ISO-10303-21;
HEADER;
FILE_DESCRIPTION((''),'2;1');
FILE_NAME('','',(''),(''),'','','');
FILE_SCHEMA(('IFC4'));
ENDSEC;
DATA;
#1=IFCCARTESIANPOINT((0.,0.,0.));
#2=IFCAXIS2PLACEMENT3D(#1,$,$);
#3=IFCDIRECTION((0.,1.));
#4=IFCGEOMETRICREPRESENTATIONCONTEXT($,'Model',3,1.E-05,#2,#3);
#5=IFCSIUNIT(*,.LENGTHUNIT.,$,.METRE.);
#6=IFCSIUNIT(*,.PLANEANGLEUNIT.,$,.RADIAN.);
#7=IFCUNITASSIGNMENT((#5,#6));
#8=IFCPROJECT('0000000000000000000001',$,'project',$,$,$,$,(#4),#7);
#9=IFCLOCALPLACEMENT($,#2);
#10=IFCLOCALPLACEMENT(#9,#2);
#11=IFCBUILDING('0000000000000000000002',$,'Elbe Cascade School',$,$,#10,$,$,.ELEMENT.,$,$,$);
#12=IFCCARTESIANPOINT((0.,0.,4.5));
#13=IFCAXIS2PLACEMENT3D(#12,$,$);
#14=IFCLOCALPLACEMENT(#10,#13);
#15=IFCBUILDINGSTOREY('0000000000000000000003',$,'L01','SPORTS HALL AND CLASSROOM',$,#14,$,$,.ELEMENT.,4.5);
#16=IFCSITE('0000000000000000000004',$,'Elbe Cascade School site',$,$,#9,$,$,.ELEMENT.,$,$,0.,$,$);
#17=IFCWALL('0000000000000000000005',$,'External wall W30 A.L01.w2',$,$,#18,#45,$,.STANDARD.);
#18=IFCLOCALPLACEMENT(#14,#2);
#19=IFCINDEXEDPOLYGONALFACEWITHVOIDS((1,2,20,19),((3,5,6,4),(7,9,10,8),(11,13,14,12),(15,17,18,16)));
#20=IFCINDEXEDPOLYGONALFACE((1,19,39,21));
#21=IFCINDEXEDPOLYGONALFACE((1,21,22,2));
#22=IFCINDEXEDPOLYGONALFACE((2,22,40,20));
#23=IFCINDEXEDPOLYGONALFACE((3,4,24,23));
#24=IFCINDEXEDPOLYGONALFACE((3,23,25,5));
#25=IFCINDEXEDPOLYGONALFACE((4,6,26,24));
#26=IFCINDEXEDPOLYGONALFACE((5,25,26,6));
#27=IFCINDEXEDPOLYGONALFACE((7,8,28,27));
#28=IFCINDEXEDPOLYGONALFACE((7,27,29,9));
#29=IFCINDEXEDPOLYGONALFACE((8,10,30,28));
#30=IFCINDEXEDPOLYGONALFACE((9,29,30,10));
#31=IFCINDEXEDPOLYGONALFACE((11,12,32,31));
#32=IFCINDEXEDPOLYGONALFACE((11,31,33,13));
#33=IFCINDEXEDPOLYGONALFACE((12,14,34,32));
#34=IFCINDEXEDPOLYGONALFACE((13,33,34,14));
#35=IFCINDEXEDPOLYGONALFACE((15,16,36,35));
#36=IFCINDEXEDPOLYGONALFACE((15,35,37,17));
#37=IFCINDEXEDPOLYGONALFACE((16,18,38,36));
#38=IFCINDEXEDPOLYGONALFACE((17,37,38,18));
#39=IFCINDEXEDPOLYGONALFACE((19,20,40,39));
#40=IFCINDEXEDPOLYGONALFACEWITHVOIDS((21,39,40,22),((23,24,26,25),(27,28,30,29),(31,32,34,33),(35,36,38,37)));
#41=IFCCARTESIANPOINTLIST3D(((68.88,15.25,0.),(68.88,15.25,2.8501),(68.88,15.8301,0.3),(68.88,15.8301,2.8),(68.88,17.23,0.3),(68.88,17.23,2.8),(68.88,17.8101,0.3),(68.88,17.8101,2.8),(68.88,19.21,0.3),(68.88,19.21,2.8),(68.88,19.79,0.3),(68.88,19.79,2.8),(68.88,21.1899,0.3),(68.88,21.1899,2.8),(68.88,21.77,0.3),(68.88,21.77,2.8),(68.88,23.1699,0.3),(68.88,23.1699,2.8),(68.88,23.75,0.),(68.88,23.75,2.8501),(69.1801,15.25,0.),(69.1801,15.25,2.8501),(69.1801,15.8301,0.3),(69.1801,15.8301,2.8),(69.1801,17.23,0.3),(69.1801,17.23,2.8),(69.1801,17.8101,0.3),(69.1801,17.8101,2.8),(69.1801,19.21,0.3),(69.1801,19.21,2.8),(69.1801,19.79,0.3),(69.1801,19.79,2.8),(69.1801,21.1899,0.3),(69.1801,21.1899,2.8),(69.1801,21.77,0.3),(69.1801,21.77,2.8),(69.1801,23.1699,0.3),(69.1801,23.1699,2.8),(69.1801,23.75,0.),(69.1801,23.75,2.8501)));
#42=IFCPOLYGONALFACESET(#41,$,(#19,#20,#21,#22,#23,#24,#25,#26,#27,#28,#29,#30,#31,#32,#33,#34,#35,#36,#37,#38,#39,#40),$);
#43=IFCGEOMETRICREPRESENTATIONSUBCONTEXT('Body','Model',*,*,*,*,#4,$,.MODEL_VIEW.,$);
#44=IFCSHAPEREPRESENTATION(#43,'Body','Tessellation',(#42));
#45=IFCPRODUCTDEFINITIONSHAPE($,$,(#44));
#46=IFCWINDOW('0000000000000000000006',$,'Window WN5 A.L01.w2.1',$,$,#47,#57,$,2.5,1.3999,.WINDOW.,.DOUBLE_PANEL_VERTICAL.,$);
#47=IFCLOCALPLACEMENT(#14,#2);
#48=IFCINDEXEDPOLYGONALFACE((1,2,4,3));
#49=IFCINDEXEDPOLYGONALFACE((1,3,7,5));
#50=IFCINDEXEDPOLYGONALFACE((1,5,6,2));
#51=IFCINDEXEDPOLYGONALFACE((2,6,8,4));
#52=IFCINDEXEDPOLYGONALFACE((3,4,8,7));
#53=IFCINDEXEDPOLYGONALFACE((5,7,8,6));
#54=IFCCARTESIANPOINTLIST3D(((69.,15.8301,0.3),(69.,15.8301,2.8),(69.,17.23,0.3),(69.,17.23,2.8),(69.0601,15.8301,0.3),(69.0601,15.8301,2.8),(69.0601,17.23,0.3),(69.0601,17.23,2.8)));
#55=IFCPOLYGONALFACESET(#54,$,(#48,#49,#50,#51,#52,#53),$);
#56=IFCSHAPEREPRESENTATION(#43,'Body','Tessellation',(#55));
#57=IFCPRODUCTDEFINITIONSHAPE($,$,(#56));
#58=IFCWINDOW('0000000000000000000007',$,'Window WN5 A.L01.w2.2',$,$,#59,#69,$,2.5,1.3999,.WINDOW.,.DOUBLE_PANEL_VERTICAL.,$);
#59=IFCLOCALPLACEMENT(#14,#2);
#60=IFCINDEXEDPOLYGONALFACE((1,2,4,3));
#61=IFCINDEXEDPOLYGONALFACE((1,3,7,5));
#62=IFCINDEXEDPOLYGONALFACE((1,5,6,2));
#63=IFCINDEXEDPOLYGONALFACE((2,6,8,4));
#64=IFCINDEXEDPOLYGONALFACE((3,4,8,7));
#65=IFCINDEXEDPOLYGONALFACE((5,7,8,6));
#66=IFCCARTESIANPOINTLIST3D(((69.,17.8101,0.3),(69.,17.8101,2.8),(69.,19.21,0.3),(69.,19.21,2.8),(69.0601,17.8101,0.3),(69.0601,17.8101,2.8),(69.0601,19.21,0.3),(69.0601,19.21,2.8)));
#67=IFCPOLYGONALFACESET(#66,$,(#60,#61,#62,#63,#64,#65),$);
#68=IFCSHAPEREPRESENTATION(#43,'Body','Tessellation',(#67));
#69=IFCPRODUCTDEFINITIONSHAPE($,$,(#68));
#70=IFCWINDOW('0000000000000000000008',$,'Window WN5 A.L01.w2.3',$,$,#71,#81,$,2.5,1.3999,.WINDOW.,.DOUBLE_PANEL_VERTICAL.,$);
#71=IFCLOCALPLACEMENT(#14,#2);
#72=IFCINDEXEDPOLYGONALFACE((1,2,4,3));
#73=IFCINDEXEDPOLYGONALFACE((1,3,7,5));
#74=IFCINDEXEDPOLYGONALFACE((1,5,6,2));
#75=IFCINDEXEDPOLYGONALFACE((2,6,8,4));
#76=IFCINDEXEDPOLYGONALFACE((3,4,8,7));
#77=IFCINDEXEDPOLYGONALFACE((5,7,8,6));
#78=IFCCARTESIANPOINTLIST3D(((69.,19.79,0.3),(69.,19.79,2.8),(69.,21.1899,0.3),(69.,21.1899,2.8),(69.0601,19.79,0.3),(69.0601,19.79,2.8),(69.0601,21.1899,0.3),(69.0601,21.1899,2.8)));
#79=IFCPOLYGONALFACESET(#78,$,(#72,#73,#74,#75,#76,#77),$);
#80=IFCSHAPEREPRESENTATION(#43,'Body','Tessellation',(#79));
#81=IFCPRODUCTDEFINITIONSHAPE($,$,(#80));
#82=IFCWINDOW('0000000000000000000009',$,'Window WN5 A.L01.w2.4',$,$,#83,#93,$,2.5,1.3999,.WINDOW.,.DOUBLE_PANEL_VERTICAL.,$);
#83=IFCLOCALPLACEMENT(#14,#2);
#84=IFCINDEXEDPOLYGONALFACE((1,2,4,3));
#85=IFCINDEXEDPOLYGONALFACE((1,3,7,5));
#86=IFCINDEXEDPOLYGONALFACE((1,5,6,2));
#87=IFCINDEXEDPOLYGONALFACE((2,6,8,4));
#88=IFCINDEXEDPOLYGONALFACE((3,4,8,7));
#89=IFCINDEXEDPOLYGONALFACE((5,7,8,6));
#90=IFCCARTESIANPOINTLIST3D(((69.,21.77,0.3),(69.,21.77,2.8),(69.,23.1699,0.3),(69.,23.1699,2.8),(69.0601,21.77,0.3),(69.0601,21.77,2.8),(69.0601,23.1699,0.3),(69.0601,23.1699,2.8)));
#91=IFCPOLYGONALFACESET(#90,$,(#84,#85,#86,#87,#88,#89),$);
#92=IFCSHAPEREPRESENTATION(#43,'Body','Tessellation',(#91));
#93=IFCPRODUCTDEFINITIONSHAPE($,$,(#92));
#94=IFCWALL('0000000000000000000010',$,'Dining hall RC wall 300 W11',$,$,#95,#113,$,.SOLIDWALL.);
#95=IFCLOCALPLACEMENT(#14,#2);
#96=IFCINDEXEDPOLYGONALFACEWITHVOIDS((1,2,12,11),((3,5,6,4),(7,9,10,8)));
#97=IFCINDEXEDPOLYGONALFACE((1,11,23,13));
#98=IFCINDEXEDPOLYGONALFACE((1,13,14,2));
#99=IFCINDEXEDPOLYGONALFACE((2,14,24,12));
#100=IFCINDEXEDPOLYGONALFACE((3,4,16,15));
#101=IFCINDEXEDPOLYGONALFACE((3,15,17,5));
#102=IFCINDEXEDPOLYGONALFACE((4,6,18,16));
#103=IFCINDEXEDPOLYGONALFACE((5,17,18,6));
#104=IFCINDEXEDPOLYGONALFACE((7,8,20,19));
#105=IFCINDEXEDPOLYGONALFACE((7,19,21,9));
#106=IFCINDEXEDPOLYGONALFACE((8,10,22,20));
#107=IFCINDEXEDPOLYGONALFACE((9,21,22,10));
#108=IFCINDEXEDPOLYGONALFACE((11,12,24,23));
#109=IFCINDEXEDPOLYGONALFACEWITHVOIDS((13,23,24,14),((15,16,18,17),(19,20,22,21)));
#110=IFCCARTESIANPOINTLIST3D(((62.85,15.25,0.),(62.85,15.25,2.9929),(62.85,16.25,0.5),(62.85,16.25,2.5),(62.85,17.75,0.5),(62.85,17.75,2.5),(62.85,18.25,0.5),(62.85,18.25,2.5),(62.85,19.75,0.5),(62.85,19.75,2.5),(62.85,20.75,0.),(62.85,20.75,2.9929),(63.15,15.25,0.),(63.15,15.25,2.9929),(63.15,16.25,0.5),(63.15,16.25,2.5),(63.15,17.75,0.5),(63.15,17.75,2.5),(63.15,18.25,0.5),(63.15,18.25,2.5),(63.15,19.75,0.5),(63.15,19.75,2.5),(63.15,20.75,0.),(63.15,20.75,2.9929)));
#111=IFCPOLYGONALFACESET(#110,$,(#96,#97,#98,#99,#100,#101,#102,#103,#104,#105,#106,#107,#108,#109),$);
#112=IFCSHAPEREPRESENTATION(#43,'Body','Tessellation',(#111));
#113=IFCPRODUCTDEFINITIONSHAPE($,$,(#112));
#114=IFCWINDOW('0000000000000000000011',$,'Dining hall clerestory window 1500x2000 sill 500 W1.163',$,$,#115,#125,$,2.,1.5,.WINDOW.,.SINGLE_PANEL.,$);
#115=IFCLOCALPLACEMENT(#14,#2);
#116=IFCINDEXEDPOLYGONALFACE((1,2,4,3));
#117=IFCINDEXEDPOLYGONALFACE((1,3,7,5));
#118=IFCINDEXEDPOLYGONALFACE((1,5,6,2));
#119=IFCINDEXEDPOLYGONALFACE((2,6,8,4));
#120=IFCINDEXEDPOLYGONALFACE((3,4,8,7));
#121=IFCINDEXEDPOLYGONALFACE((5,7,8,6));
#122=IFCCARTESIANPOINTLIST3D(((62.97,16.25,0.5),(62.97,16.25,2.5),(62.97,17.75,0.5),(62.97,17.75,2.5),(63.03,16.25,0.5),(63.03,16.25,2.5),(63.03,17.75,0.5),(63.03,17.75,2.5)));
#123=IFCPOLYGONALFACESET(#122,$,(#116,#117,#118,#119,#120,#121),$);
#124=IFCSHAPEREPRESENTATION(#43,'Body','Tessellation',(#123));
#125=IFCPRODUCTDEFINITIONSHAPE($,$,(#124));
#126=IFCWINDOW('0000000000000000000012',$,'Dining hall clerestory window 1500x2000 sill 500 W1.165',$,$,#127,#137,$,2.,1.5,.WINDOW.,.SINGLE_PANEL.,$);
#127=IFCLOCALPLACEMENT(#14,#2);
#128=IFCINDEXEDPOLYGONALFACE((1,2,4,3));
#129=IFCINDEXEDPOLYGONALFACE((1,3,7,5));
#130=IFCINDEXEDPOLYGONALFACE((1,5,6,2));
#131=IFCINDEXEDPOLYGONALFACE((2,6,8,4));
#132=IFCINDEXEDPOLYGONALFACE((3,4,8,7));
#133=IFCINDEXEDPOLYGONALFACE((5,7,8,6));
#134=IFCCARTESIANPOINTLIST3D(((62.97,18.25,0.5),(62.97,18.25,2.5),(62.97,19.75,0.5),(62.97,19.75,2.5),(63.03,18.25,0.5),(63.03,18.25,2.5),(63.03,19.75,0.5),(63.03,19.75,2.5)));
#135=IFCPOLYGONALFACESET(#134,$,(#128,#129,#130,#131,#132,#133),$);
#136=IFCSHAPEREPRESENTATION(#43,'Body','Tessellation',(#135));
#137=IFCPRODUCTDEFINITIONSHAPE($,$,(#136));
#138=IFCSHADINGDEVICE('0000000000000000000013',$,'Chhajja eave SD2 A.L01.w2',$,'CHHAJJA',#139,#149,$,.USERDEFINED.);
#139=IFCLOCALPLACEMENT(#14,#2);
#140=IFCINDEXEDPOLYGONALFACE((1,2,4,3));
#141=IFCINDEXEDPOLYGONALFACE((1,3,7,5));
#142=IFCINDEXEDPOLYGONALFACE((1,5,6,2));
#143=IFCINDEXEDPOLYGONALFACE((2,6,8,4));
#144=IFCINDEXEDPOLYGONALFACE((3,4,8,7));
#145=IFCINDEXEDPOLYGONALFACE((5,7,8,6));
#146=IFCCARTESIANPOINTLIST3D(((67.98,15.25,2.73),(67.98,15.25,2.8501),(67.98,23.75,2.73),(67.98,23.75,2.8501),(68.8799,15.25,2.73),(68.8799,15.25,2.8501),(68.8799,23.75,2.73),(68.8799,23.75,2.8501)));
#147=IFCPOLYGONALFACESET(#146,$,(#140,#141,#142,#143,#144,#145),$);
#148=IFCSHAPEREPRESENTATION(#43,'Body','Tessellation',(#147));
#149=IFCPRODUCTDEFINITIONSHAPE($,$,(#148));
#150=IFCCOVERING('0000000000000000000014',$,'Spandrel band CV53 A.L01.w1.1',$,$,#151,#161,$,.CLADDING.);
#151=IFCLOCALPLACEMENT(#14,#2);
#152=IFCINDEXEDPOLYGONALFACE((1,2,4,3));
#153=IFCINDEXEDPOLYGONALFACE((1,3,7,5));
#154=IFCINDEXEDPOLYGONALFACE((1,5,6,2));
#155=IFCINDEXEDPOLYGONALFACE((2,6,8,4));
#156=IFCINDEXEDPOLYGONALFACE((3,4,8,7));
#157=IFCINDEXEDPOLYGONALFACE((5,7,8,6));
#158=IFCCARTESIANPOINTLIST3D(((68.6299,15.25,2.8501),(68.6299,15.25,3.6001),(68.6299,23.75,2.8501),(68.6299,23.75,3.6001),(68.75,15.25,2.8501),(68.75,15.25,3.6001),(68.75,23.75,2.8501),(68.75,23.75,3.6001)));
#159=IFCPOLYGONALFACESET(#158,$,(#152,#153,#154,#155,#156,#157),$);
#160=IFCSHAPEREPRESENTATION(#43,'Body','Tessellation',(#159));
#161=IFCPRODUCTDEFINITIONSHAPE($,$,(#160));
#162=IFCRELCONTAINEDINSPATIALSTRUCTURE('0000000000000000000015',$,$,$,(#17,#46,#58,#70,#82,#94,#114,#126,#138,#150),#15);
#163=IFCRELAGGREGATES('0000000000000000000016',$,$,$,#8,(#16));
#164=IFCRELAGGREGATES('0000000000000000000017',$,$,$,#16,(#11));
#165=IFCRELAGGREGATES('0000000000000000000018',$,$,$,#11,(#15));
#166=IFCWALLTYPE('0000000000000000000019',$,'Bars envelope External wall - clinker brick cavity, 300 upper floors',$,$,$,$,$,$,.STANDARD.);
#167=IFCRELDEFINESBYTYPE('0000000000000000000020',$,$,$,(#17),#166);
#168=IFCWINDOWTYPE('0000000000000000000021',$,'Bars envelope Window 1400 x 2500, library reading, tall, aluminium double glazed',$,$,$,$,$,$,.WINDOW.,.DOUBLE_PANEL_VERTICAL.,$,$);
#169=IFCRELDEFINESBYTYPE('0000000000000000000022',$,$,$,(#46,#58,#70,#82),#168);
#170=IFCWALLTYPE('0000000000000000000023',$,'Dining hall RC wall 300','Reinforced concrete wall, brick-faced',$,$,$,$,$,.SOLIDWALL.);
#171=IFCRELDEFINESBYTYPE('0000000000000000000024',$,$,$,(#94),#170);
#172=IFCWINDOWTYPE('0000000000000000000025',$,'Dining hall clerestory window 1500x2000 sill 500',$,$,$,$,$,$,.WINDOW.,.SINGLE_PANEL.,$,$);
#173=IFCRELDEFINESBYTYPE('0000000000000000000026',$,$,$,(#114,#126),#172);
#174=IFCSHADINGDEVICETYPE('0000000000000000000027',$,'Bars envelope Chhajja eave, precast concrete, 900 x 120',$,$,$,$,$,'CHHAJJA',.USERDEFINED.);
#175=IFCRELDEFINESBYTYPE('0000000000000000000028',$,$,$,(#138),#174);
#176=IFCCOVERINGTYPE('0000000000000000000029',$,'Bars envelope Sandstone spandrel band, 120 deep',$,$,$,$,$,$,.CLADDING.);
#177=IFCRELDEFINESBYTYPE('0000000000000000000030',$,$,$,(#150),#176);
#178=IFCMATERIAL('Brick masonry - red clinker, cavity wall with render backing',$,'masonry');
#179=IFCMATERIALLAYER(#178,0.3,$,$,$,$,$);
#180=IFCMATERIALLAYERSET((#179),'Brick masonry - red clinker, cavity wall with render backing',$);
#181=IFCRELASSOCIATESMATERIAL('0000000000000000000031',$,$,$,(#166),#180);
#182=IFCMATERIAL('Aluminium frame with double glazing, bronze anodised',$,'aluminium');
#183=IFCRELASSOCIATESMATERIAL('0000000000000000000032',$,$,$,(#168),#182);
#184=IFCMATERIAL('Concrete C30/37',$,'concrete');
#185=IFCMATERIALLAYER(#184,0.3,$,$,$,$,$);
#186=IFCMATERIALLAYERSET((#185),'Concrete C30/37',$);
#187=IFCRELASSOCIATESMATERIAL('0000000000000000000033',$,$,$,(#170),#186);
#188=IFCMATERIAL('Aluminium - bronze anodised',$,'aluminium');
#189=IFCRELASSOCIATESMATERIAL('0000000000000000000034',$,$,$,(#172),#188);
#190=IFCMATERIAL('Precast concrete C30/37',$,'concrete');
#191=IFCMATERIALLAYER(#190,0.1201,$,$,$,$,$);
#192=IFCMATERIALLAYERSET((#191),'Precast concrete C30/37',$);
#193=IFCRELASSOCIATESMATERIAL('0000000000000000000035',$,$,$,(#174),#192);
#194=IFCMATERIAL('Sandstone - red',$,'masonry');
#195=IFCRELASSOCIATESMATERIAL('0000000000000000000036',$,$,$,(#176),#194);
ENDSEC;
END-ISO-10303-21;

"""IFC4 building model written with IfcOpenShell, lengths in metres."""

from ifc_helpers import new_model, si_unit, direction, frame, frame_2d, origin, origin_2d, place, context, subcontext, project, spatial, rectangle, extrude, material, layer, layer_set, type_object, element, fill, save


model = new_model("IFC4")

# Units and contexts
model_context = context("Model", 3, precision=1e-05, world=origin(), true_north=direction((0.0, 1.0)))
body_context = subcontext(model_context, "Body", "Model", "MODEL_VIEW")
ifc_project = project(units=[si_unit("LENGTHUNIT", "METRE"), si_unit("PLANEANGLEUNIT", "RADIAN")], contexts=[model_context])

# Site, building, storey
site_placement = place(None, origin())
site = spatial("IfcSite", under=ifc_project, at=site_placement, Name="Elbe Cascade School site", CompositionType="ELEMENT", RefElevation=0.0)
building_placement = place(site_placement, origin())
building = spatial("IfcBuilding", under=site, at=building_placement, Name="Elbe Cascade School", CompositionType="ELEMENT")
storey_placement = place(building_placement, frame((0.0, 0.0, 4.5)))
storey = spatial("IfcBuildingStorey", under=building, at=storey_placement, Name="L01", Description="SPORTS HALL AND CLASSROOM", CompositionType="ELEMENT", Elevation=4.5)

# Walls, openings, windows
ifc_material_1 = material(Name="Brick masonry - red clinker, cavity wall with render backing", Category="masonry")
ifc_layer_1 = layer(ifc_material_1, 0.3)
ifc_layer_set_1 = layer_set([ifc_layer_1], Name="Brick masonry - red clinker, cavity wall with render backing")
wall_type_1 = type_object("IfcWallType", Name="Bars envelope External wall - clinker brick cavity, 300 upper floors", PredefinedType="STANDARD", material=ifc_layer_set_1)
wall_1_placement = place(storey_placement, frame((69.03, 15.25, 0.0), z_axis=(0.0, 0.0, 1.0), x_axis=(0.0, 1.0, 0.0)))
wall_1 = element("IfcWall", 1, at=wall_1_placement, inside=storey, type_object=wall_type_1, Name="External wall W30 A.L01.w2", PredefinedType="STANDARD", context=body_context, shape_type="SweptSolid", body=[
    extrude(rectangle(XDim=8.5, YDim=0.3, at=frame_2d((4.25, 0.0))), origin(), (0.0, 0.0, 1.0), 2.8501),
])
opening_1_placement = place(wall_1_placement, frame((0.5801, 0.0, 0.3)))
opening_1 = element("IfcOpeningElement", 2, at=opening_1_placement, cuts=wall_1, PredefinedType="OPENING", context=body_context, shape_type="SweptSolid", body=[
    extrude(rectangle(XDim=1.3999, YDim=2.5, at=frame_2d((0.7, 1.25))), frame((0.0, 0.1599, 0.0), z_axis=(0.0, -1.0, 0.0), x_axis=(1.0, 0.0, 0.0)), (0.0, 0.0, 1.0), 0.3201),
])
opening_2_placement = place(wall_1_placement, frame((2.5601, 0.0, 0.3)))
opening_2 = element("IfcOpeningElement", 3, at=opening_2_placement, cuts=wall_1, PredefinedType="OPENING", context=body_context, shape_type="SweptSolid", body=[
    extrude(rectangle(XDim=1.3999, YDim=2.5, at=frame_2d((0.7, 1.25))), frame((0.0, 0.1599, 0.0), z_axis=(0.0, -1.0, 0.0), x_axis=(1.0, 0.0, 0.0)), (0.0, 0.0, 1.0), 0.3201),
])
opening_3_placement = place(wall_1_placement, frame((4.54, 0.0, 0.3)))
opening_3 = element("IfcOpeningElement", 4, at=opening_3_placement, cuts=wall_1, PredefinedType="OPENING", context=body_context, shape_type="SweptSolid", body=[
    extrude(rectangle(XDim=1.3999, YDim=2.5, at=frame_2d((0.7, 1.25))), frame((0.0, 0.1599, 0.0), z_axis=(0.0, -1.0, 0.0), x_axis=(1.0, 0.0, 0.0)), (0.0, 0.0, 1.0), 0.3201),
])
opening_4_placement = place(wall_1_placement, frame((6.52, 0.0, 0.3)))
opening_4 = element("IfcOpeningElement", 5, at=opening_4_placement, cuts=wall_1, PredefinedType="OPENING", context=body_context, shape_type="SweptSolid", body=[
    extrude(rectangle(XDim=1.3999, YDim=2.5, at=frame_2d((0.7, 1.25))), frame((0.0, 0.1599, 0.0), z_axis=(0.0, -1.0, 0.0), x_axis=(1.0, 0.0, 0.0)), (0.0, 0.0, 1.0), 0.3201),
])
ifc_material_2 = material(Name="Aluminium frame with double glazing, bronze anodised", Category="aluminium")
window_type_1 = type_object("IfcWindowType", Name="Bars envelope Window 1400 x 2500, library reading, tall, aluminium double glazed", PartitioningType="DOUBLE_PANEL_VERTICAL", PredefinedType="WINDOW", material=ifc_material_2)
window_1_placement = place(opening_1_placement, origin())
window_1 = element("IfcWindow", 6, at=window_1_placement, inside=storey, type_object=window_type_1, Name="Window WN5 A.L01.w2.1", OverallHeight=2.5, OverallWidth=1.3999, PartitioningType="DOUBLE_PANEL_VERTICAL", PredefinedType="WINDOW", context=body_context, shape_type="SweptSolid", body=[
    extrude(rectangle(XDim=1.3999, YDim=2.5, at=frame_2d((0.7, 1.25))), frame((0.0, 0.03, 0.0), z_axis=(0.0, -1.0, 0.0), x_axis=(1.0, 0.0, 0.0)), (0.0, 0.0, 1.0), 0.0601),
])
fill(opening_1, window_1)
window_2_placement = place(opening_2_placement, origin())
window_2 = element("IfcWindow", 7, at=window_2_placement, inside=storey, type_object=window_type_1, Name="Window WN5 A.L01.w2.2", OverallHeight=2.5, OverallWidth=1.3999, PartitioningType="DOUBLE_PANEL_VERTICAL", PredefinedType="WINDOW", context=body_context, shape_type="SweptSolid", body=[
    extrude(rectangle(XDim=1.3999, YDim=2.5, at=frame_2d((0.7, 1.25))), frame((0.0, 0.03, 0.0), z_axis=(0.0, -1.0, 0.0), x_axis=(1.0, 0.0, 0.0)), (0.0, 0.0, 1.0), 0.0601),
])
fill(opening_2, window_2)
window_3_placement = place(opening_3_placement, origin())
window_3 = element("IfcWindow", 8, at=window_3_placement, inside=storey, type_object=window_type_1, Name="Window WN5 A.L01.w2.3", OverallHeight=2.5, OverallWidth=1.3999, PartitioningType="DOUBLE_PANEL_VERTICAL", PredefinedType="WINDOW", context=body_context, shape_type="SweptSolid", body=[
    extrude(rectangle(XDim=1.3999, YDim=2.5, at=frame_2d((0.7, 1.25))), frame((0.0, 0.03, 0.0), z_axis=(0.0, -1.0, 0.0), x_axis=(1.0, 0.0, 0.0)), (0.0, 0.0, 1.0), 0.0601),
])
fill(opening_3, window_3)
window_4_placement = place(opening_4_placement, origin())
window_4 = element("IfcWindow", 9, at=window_4_placement, inside=storey, type_object=window_type_1, Name="Window WN5 A.L01.w2.4", OverallHeight=2.5, OverallWidth=1.3999, PartitioningType="DOUBLE_PANEL_VERTICAL", PredefinedType="WINDOW", context=body_context, shape_type="SweptSolid", body=[
    extrude(rectangle(XDim=1.3999, YDim=2.5, at=frame_2d((0.7, 1.25))), frame((0.0, 0.03, 0.0), z_axis=(0.0, -1.0, 0.0), x_axis=(1.0, 0.0, 0.0)), (0.0, 0.0, 1.0), 0.0601),
])
fill(opening_4, window_4)
ifc_material_3 = material(Name="Concrete C30/37", Category="concrete")
ifc_layer_2 = layer(ifc_material_3, 0.3)
ifc_layer_set_2 = layer_set([ifc_layer_2], Name="Concrete C30/37")
wall_type_2 = type_object("IfcWallType", Name="Dining hall RC wall 300", Description="Reinforced concrete wall, brick-faced", PredefinedType="SOLIDWALL", material=ifc_layer_set_2)
wall_2_placement = place(storey_placement, frame((63.0, 20.75, 0.0), z_axis=(0.0, 0.0, 1.0), x_axis=(0.0, -1.0, 0.0)))
wall_2 = element("IfcWall", 10, at=wall_2_placement, inside=storey, type_object=wall_type_2, Name="Dining hall RC wall 300 W11", PredefinedType="SOLIDWALL", context=body_context, shape_type="SweptSolid", body=[
    extrude(rectangle(XDim=5.5, YDim=0.3, at=frame_2d((2.75, 0.0))), origin(), (0.0, 0.0, 1.0), 2.9929),
])
opening_5_placement = place(wall_2_placement, frame((3.0, 0.0, 0.5)))
opening_5 = element("IfcOpeningElement", 11, at=opening_5_placement, cuts=wall_2, PredefinedType="OPENING", context=body_context, shape_type="SweptSolid", body=[
    extrude(rectangle(XDim=1.5, YDim=2.0, at=frame_2d((0.75, 1.0))), frame((0.0, 0.1599, 0.0), z_axis=(0.0, -1.0, 0.0), x_axis=(1.0, 0.0, 0.0)), (0.0, 0.0, 1.0), 0.3201),
])
opening_6_placement = place(wall_2_placement, frame((1.0, 0.0, 0.5)))
opening_6 = element("IfcOpeningElement", 12, at=opening_6_placement, cuts=wall_2, PredefinedType="OPENING", context=body_context, shape_type="SweptSolid", body=[
    extrude(rectangle(XDim=1.5, YDim=2.0, at=frame_2d((0.75, 1.0))), frame((0.0, 0.1599, 0.0), z_axis=(0.0, -1.0, 0.0), x_axis=(1.0, 0.0, 0.0)), (0.0, 0.0, 1.0), 0.3201),
])
ifc_material_4 = material(Name="Aluminium - bronze anodised", Category="aluminium")
window_type_2 = type_object("IfcWindowType", Name="Dining hall clerestory window 1500x2000 sill 500", PartitioningType="SINGLE_PANEL", PredefinedType="WINDOW", material=ifc_material_4)
window_5_placement = place(opening_5_placement, origin())
window_5 = element("IfcWindow", 13, at=window_5_placement, inside=storey, type_object=window_type_2, Name="Dining hall clerestory window 1500x2000 sill 500 W1.163", OverallHeight=2.0, OverallWidth=1.5, PartitioningType="SINGLE_PANEL", PredefinedType="WINDOW", context=body_context, shape_type="SweptSolid", body=[
    extrude(rectangle(XDim=1.5, YDim=2.0, at=frame_2d((0.75, 1.0))), frame((0.0, 0.03, 0.0), z_axis=(0.0, -1.0, 0.0), x_axis=(1.0, 0.0, 0.0)), (0.0, 0.0, 1.0), 0.0601),
])
fill(opening_5, window_5)
window_6_placement = place(opening_6_placement, origin())
window_6 = element("IfcWindow", 14, at=window_6_placement, inside=storey, type_object=window_type_2, Name="Dining hall clerestory window 1500x2000 sill 500 W1.165", OverallHeight=2.0, OverallWidth=1.5, PartitioningType="SINGLE_PANEL", PredefinedType="WINDOW", context=body_context, shape_type="SweptSolid", body=[
    extrude(rectangle(XDim=1.5, YDim=2.0, at=frame_2d((0.75, 1.0))), frame((0.0, 0.03, 0.0), z_axis=(0.0, -1.0, 0.0), x_axis=(1.0, 0.0, 0.0)), (0.0, 0.0, 1.0), 0.0601),
])
fill(opening_6, window_6)

# Shading device
ifc_material_5 = material(Name="Precast concrete C30/37", Category="concrete")
ifc_layer_3 = layer(ifc_material_5, 0.1201)
ifc_layer_set_3 = layer_set([ifc_layer_3], Name="Precast concrete C30/37")
shading_device_type_1 = type_object("IfcShadingDeviceType", Name="Bars envelope Chhajja eave, precast concrete, 900 x 120", ElementType="CHHAJJA", PredefinedType="USERDEFINED", material=ifc_layer_set_3)
shading_device_1_placement = place(storey_placement, frame((68.4299, 19.5, 2.73), z_axis=(0.0, 0.0, 1.0), x_axis=(0.0, 1.0, 0.0)))
element("IfcShadingDevice", 15, at=shading_device_1_placement, inside=storey, type_object=shading_device_type_1, Name="Chhajja eave SD2 A.L01.w2", ObjectType="CHHAJJA", PredefinedType="USERDEFINED", context=body_context, shape_type="SweptSolid", body=[
    extrude(rectangle(XDim=8.5, YDim=0.8999, at=origin_2d()), origin(), (0.0, 0.0, 1.0), 0.1201),
])

# Covering
ifc_material_6 = material(Name="Sandstone - red", Category="masonry")
covering_type_1 = type_object("IfcCoveringType", Name="Bars envelope Sandstone spandrel band, 120 deep", PredefinedType="CLADDING", material=ifc_material_6)
covering_1_placement = place(storey_placement, frame((68.6899, 19.5, 2.8501), z_axis=(0.0, 0.0, 1.0), x_axis=(0.0, 1.0, 0.0)))
element("IfcCovering", 16, at=covering_1_placement, inside=storey, type_object=covering_type_1, Name="Spandrel band CV53 A.L01.w1.1", PredefinedType="CLADDING", context=body_context, shape_type="SweptSolid", body=[
    extrude(rectangle(XDim=8.5, YDim=0.1201, at=origin_2d()), origin(), (0.0, 0.0, 1.0), 0.75),
])

save(model, "model.ifc")
